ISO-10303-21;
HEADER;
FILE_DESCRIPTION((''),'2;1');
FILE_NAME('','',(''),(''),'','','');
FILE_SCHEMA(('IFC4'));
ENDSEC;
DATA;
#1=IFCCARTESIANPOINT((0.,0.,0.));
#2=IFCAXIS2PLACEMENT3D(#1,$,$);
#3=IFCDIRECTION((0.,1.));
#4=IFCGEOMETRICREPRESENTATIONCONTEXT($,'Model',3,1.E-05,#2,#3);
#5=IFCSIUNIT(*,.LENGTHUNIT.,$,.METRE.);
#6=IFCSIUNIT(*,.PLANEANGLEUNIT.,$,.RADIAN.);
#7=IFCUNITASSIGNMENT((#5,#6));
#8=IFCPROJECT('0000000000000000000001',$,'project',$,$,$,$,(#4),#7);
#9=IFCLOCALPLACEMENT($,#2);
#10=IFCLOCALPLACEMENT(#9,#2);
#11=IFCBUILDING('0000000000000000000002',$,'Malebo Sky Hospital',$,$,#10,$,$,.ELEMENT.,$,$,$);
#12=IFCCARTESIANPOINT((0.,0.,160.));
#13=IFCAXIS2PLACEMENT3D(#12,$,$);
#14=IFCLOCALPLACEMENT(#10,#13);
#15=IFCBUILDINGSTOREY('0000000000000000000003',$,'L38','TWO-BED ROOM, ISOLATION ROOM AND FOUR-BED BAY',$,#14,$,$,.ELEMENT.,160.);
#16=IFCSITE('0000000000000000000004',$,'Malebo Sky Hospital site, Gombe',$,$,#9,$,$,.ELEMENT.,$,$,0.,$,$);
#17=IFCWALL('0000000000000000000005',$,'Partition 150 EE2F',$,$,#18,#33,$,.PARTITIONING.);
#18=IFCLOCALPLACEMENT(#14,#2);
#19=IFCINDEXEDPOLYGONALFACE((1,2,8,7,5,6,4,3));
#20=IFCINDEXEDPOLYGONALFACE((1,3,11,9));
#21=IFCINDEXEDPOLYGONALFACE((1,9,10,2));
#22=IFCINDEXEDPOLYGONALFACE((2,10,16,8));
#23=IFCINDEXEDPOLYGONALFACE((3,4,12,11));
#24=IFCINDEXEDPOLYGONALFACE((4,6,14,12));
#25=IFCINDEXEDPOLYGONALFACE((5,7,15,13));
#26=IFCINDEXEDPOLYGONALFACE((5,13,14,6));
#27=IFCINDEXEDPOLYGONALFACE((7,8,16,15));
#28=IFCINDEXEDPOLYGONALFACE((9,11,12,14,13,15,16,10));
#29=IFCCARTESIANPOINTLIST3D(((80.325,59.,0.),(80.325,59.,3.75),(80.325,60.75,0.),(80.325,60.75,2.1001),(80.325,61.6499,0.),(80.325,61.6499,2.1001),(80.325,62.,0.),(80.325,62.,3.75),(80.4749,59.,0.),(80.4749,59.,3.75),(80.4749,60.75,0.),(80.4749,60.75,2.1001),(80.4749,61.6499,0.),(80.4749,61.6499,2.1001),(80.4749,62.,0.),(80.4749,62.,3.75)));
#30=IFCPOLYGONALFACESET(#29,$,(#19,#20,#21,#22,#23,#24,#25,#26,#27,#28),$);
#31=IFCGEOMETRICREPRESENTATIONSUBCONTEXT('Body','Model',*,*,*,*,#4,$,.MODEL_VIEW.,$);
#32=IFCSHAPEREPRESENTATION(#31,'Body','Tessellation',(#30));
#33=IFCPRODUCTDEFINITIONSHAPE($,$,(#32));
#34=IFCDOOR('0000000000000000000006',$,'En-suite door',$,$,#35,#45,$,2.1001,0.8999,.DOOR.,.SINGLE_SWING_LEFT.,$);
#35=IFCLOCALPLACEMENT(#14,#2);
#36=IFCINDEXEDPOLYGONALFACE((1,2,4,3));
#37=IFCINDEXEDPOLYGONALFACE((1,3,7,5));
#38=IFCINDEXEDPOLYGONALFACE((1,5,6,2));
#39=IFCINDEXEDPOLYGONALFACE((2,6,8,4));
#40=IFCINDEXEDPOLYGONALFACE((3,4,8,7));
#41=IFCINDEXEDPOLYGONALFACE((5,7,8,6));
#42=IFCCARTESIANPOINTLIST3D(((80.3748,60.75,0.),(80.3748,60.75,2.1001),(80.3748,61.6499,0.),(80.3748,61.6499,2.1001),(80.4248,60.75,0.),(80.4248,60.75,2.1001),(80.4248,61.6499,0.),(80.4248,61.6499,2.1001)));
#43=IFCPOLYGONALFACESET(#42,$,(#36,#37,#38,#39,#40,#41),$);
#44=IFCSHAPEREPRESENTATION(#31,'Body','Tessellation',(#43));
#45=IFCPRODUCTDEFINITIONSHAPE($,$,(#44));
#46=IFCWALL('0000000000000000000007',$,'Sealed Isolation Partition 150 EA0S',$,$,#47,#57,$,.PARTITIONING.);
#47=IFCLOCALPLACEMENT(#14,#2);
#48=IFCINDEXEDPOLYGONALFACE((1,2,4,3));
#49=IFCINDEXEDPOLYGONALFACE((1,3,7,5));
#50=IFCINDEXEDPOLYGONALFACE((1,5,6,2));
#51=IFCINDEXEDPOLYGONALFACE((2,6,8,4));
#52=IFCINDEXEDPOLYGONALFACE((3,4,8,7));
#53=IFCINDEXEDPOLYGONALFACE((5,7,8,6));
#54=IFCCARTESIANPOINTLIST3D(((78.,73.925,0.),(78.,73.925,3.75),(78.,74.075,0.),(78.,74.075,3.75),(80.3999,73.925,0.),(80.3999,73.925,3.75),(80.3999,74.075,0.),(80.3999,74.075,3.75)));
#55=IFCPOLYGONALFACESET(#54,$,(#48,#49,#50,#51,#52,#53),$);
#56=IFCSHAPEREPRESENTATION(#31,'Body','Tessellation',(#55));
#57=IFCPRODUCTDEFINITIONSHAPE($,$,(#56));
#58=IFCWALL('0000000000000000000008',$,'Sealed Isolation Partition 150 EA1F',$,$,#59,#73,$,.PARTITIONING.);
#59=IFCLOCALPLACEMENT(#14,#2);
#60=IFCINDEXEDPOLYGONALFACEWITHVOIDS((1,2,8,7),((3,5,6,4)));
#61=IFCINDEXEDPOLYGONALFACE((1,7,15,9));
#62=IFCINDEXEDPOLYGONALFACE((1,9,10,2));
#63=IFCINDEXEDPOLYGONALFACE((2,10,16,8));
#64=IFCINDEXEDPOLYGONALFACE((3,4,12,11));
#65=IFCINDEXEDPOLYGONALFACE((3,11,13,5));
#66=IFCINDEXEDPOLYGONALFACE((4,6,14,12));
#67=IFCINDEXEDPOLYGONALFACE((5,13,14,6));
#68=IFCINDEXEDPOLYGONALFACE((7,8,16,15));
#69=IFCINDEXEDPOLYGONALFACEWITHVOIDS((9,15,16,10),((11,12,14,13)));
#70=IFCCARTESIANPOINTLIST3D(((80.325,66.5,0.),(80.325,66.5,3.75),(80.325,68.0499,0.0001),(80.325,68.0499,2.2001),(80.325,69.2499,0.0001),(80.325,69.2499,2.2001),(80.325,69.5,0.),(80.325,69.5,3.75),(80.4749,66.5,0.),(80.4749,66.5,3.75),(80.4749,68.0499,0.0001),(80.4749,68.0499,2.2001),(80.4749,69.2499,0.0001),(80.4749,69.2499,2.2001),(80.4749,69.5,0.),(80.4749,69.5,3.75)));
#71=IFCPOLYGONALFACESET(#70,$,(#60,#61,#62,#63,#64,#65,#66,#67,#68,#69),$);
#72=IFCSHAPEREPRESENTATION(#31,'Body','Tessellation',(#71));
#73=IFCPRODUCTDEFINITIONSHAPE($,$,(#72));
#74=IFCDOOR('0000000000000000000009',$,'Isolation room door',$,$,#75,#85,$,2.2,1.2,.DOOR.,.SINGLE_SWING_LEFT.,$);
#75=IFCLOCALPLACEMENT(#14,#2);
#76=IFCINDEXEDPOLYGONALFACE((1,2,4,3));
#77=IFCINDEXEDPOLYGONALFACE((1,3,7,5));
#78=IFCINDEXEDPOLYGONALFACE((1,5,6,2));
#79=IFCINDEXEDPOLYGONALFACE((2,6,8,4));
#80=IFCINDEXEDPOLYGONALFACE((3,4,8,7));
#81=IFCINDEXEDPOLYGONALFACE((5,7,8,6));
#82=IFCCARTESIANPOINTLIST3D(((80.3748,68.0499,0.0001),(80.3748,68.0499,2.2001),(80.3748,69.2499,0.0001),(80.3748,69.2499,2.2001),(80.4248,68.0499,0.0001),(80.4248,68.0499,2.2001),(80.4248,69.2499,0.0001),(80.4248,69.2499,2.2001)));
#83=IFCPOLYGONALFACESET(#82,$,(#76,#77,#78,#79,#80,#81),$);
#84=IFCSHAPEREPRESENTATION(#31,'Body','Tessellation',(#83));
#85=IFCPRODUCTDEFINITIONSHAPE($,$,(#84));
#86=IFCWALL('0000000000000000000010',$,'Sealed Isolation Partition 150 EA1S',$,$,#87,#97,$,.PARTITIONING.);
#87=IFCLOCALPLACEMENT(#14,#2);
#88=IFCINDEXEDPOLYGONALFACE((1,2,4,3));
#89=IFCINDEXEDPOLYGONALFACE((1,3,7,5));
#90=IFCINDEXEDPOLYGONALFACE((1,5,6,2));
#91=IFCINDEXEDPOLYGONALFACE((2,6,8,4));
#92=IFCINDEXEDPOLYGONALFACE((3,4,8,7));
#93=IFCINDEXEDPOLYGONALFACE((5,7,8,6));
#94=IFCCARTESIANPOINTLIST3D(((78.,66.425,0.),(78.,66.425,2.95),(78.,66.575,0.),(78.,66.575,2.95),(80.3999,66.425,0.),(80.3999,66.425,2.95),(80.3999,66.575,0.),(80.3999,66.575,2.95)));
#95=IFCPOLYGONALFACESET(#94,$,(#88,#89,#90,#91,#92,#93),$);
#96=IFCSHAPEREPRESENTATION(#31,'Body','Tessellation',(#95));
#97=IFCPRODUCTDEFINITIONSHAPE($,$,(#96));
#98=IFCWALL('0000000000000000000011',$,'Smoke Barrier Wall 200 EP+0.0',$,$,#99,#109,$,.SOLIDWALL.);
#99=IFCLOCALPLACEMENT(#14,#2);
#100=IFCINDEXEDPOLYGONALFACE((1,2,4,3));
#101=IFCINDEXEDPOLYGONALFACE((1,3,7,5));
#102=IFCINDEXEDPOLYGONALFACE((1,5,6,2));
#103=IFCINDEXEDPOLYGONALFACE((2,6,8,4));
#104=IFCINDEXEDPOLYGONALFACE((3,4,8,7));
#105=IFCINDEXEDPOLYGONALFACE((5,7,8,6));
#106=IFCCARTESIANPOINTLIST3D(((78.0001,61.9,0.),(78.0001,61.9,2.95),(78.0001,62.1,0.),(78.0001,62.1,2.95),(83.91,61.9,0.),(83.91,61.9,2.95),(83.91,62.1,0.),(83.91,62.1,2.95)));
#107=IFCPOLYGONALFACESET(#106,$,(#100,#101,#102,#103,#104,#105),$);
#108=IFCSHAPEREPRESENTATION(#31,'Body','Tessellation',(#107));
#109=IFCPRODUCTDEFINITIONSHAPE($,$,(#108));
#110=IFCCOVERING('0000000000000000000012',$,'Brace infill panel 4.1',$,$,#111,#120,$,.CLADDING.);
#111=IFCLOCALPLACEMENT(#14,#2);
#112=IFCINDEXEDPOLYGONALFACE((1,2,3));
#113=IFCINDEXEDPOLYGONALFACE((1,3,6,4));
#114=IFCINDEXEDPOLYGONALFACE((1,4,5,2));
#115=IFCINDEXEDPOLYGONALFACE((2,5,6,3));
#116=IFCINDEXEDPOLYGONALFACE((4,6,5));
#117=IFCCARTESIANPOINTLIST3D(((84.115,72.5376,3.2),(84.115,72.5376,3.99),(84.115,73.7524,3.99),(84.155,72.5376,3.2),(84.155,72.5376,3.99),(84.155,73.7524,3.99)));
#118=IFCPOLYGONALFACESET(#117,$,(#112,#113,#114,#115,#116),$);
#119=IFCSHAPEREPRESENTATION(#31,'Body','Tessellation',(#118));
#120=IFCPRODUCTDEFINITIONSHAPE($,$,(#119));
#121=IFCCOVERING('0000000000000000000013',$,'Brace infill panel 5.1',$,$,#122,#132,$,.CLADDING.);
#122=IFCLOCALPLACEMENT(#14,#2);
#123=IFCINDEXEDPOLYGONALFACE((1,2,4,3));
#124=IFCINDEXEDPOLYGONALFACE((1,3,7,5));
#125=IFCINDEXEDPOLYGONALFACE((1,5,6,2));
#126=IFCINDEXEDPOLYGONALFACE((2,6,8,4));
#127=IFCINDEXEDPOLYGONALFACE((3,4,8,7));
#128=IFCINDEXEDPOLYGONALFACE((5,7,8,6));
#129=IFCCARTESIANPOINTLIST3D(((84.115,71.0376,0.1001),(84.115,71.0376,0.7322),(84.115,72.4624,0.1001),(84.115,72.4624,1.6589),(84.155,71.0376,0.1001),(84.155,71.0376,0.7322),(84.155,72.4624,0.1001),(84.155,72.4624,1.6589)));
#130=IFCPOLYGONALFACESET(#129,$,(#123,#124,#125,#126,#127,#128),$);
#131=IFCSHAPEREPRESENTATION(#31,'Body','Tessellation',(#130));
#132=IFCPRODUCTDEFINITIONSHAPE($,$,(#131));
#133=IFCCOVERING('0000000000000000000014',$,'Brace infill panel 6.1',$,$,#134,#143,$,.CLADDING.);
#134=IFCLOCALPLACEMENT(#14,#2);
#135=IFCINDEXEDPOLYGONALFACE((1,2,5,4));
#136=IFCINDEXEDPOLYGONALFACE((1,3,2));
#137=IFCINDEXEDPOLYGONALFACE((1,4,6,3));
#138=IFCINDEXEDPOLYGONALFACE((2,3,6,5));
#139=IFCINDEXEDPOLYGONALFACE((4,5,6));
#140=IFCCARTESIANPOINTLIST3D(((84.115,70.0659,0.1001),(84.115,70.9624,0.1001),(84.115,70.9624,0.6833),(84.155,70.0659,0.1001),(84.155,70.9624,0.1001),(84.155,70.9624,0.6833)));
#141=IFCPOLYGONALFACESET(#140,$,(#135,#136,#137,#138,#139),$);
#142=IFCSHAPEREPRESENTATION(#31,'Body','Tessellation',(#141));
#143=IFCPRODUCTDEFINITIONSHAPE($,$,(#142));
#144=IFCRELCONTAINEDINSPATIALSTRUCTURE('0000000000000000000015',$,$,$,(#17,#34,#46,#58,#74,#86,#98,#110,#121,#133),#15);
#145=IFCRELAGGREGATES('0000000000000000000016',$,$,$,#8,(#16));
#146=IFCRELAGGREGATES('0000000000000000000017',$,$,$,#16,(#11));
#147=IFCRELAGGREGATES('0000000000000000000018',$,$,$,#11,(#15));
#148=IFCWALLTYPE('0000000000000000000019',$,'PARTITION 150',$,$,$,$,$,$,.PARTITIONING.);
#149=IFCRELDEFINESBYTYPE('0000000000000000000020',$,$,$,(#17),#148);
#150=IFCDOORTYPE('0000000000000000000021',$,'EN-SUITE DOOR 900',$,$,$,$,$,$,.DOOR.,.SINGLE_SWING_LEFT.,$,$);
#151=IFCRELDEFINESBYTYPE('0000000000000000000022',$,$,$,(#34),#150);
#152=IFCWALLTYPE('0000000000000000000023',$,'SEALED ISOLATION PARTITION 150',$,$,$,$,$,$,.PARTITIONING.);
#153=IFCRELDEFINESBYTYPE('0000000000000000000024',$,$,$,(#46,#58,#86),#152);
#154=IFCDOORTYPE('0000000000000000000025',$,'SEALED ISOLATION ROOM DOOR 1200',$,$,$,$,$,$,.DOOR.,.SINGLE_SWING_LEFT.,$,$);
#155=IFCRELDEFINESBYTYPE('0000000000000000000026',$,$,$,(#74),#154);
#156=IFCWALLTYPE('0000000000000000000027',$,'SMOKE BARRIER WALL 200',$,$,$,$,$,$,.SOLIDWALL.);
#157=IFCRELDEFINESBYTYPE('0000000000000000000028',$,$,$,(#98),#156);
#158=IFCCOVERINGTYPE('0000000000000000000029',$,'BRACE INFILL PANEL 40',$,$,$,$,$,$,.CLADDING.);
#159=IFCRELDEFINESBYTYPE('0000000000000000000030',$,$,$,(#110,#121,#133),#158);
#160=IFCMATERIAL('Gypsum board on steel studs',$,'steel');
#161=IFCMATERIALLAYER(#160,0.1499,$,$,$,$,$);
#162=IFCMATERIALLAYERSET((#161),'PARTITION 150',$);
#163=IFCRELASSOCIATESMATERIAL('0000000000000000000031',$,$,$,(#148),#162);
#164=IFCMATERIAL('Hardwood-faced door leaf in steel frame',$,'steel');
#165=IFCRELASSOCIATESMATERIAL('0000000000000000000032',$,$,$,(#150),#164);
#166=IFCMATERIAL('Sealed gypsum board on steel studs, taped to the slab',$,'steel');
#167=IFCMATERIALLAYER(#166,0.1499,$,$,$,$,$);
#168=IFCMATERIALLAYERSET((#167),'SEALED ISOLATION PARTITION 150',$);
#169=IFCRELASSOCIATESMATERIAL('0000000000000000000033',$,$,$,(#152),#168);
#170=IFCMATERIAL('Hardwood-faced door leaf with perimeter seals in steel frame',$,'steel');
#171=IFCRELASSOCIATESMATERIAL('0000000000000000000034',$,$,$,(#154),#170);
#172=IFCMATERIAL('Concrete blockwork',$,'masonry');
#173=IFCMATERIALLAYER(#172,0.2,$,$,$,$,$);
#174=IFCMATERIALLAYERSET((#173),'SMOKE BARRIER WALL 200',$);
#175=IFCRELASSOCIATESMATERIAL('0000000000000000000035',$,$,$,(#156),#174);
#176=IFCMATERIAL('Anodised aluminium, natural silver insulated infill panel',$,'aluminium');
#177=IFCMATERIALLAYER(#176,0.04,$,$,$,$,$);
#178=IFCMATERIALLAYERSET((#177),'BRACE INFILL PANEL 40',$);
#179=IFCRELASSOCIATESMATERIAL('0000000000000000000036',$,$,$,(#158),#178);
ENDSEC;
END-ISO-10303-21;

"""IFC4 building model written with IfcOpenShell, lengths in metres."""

from ifc_helpers import new_model, si_unit, direction, frame, frame_2d, origin, place, context, subcontext, project, spatial, polyline, rectangle, outline, extrude, material, layer, layer_set, type_object, element, fill, save


model = new_model("IFC4")

# Units and contexts
model_context = context("Model", 3, precision=1e-05, world=origin(), true_north=direction((0.0, 1.0)))
body_context = subcontext(model_context, "Body", "Model", "MODEL_VIEW")
ifc_project = project(units=[si_unit("LENGTHUNIT", "METRE"), si_unit("PLANEANGLEUNIT", "RADIAN")], contexts=[model_context])

# Site, building, storey
site_placement = place(None, origin())
site = spatial("IfcSite", under=ifc_project, at=site_placement, Name="Malebo Sky Hospital site, Gombe", CompositionType="ELEMENT", RefElevation=0.0)
building_placement = place(site_placement, origin())
building = spatial("IfcBuilding", under=site, at=building_placement, Name="Malebo Sky Hospital", CompositionType="ELEMENT")
storey_placement = place(building_placement, frame((0.0, 0.0, 160.0)))
storey = spatial("IfcBuildingStorey", under=building, at=storey_placement, Name="L38", Description="TWO-BED ROOM, ISOLATION ROOM AND FOUR-BED BAY", CompositionType="ELEMENT", Elevation=160.0)

# Shared definitions
ifc_material_1 = material(Name="Gypsum board on steel studs", Category="steel")
ifc_layer_1 = layer(ifc_material_1, 0.1499)
ifc_layer_set_1 = layer_set([ifc_layer_1], Name="PARTITION 150")
wall_type_1 = type_object("IfcWallType", Name="PARTITION 150", PredefinedType="PARTITIONING", material=ifc_layer_set_1)

# Shared definitions
ifc_material_2 = material(Name="Hardwood-faced door leaf in steel frame", Category="steel")
door_type_1 = type_object("IfcDoorType", Name="EN-SUITE DOOR 900", OperationType="SINGLE_SWING_LEFT", PredefinedType="DOOR", material=ifc_material_2)

# Wall, opening, door
wall_1_placement = place(storey_placement, frame((80.3999, 62.0, 0.0), z_axis=(0.0, 0.0, 1.0), x_axis=(0.0, -1.0, 0.0)))
wall_1 = element("IfcWall", 1, at=wall_1_placement, inside=storey, type_object=wall_type_1, Name="Partition 150 EE2F", PredefinedType="PARTITIONING", context=body_context, shape_type="SweptSolid", body=[
    extrude(rectangle(XDim=3.0, YDim=0.1499, at=frame_2d((1.5, 0.0))), origin(), (0.0, 0.0, 1.0), 3.75),
])
opening_1_placement = place(wall_1_placement, frame((0.3501, 0.0, 0.0)))
opening_1 = element("IfcOpeningElement", 2, at=opening_1_placement, cuts=wall_1, PredefinedType="OPENING", context=body_context, shape_type="SweptSolid", body=[
    extrude(rectangle(XDim=0.8999, YDim=2.1001, at=frame_2d((0.45, 1.05))), frame((0.0, 0.085, 0.0), z_axis=(0.0, -1.0, 0.0), x_axis=(1.0, 0.0, 0.0)), (0.0, 0.0, 1.0), 0.1699),
])
door_1_placement = place(opening_1_placement, origin())
door_1 = element("IfcDoor", 3, at=door_1_placement, inside=storey, type_object=door_type_1, Name="En-suite door", OperationType="SINGLE_SWING_LEFT", OverallHeight=2.1001, OverallWidth=0.8999, PredefinedType="DOOR", context=body_context, shape_type="SweptSolid", body=[
    extrude(rectangle(XDim=0.8999, YDim=2.1001, at=frame_2d((0.45, 1.05))), frame((0.0, 0.0249, 0.0), z_axis=(0.0, -1.0, 0.0), x_axis=(1.0, 0.0, 0.0)), (0.0, 0.0, 1.0), 0.05),
])
fill(opening_1, door_1)

# Wall
ifc_material_3 = material(Name="Sealed gypsum board on steel studs, taped to the slab", Category="steel")
ifc_layer_2 = layer(ifc_material_3, 0.1499)
ifc_layer_set_2 = layer_set([ifc_layer_2], Name="SEALED ISOLATION PARTITION 150")
wall_type_2 = type_object("IfcWallType", Name="SEALED ISOLATION PARTITION 150", PredefinedType="PARTITIONING", material=ifc_layer_set_2)
wall_2_placement = place(storey_placement, frame((78.0, 74.0, 0.0), z_axis=(0.0, 0.0, 1.0), x_axis=(1.0, 0.0, 0.0)))
element("IfcWall", 4, at=wall_2_placement, inside=storey, type_object=wall_type_2, Name="Sealed Isolation Partition 150 EA0S", PredefinedType="PARTITIONING", context=body_context, shape_type="SweptSolid", body=[
    extrude(rectangle(XDim=2.3999, YDim=0.1499, at=frame_2d((1.2, 0.0))), origin(), (0.0, 0.0, 1.0), 3.75),
])

# Wall, opening, door
wall_3_placement = place(storey_placement, frame((80.3999, 69.5, 0.0), z_axis=(0.0, 0.0, 1.0), x_axis=(0.0, -1.0, 0.0)))
wall_3 = element("IfcWall", 5, at=wall_3_placement, inside=storey, type_object=wall_type_2, Name="Sealed Isolation Partition 150 EA1F", PredefinedType="PARTITIONING", context=body_context, shape_type="SweptSolid", body=[
    extrude(rectangle(XDim=3.0, YDim=0.1499, at=frame_2d((1.5, 0.0))), origin(), (0.0, 0.0, 1.0), 3.75),
])
opening_2_placement = place(wall_3_placement, frame((0.25, 0.0, 0.0)))
opening_2 = element("IfcOpeningElement", 6, at=opening_2_placement, cuts=wall_3, PredefinedType="OPENING", context=body_context, shape_type="SweptSolid", body=[
    extrude(rectangle(XDim=1.2, YDim=2.2, at=frame_2d((0.6001, 1.1001))), frame((0.0, 0.085, 0.0), z_axis=(0.0, -1.0, 0.0), x_axis=(1.0, 0.0, 0.0)), (0.0, 0.0, 1.0), 0.1699),
])
ifc_material_4 = material(Name="Hardwood-faced door leaf with perimeter seals in steel frame", Category="steel")
door_type_2 = type_object("IfcDoorType", Name="SEALED ISOLATION ROOM DOOR 1200", OperationType="SINGLE_SWING_LEFT", PredefinedType="DOOR", material=ifc_material_4)
door_2_placement = place(opening_2_placement, origin())
door_2 = element("IfcDoor", 7, at=door_2_placement, inside=storey, type_object=door_type_2, Name="Isolation room door", OperationType="SINGLE_SWING_LEFT", OverallHeight=2.2, OverallWidth=1.2, PredefinedType="DOOR", context=body_context, shape_type="SweptSolid", body=[
    extrude(rectangle(XDim=1.2, YDim=2.2, at=frame_2d((0.6001, 1.1001))), frame((0.0, 0.0249, 0.0), z_axis=(0.0, -1.0, 0.0), x_axis=(1.0, 0.0, 0.0)), (0.0, 0.0, 1.0), 0.05),
])
fill(opening_2, door_2)

# Walls
wall_4_placement = place(storey_placement, frame((78.0, 66.5, 0.0), z_axis=(0.0, 0.0, 1.0), x_axis=(1.0, 0.0, 0.0)))
element("IfcWall", 8, at=wall_4_placement, inside=storey, type_object=wall_type_2, Name="Sealed Isolation Partition 150 EA1S", PredefinedType="PARTITIONING", context=body_context, shape_type="SweptSolid", body=[
    extrude(rectangle(XDim=2.3999, YDim=0.1499, at=frame_2d((1.2, 0.0))), origin(), (0.0, 0.0, 1.0), 2.95),
])
ifc_material_5 = material(Name="Concrete blockwork", Category="masonry")
ifc_layer_3 = layer(ifc_material_5, 0.2)
ifc_layer_set_3 = layer_set([ifc_layer_3], Name="SMOKE BARRIER WALL 200")
wall_type_3 = type_object("IfcWallType", Name="SMOKE BARRIER WALL 200", PredefinedType="SOLIDWALL", material=ifc_layer_set_3)
wall_5_placement = place(storey_placement, frame((78.0, 62.0, 0.0), z_axis=(0.0, 0.0, 1.0), x_axis=(1.0, 0.0, 0.0)))
element("IfcWall", 9, at=wall_5_placement, inside=storey, type_object=wall_type_3, Name="Smoke Barrier Wall 200 EP+0.0", PredefinedType="SOLIDWALL", context=body_context, shape_type="SweptSolid", body=[
    extrude(rectangle(XDim=5.9099, YDim=0.2, at=frame_2d((2.9551, 0.0))), origin(), (0.0, 0.0, 1.0), 2.95),
])

# Coverings
ifc_material_6 = material(Name="Anodised aluminium, natural silver insulated infill panel", Category="aluminium")
ifc_layer_4 = layer(ifc_material_6, 0.04)
ifc_layer_set_4 = layer_set([ifc_layer_4], Name="BRACE INFILL PANEL 40")
covering_type = type_object("IfcCoveringType", Name="BRACE INFILL PANEL 40", PredefinedType="CLADDING", material=ifc_layer_set_4)
covering_1_placement = place(storey_placement, frame((84.135, 73.145, 3.2), z_axis=(0.0, 0.0, 1.0), x_axis=(0.0, -1.0, 0.0)))
element("IfcCovering", 10, at=covering_1_placement, inside=storey, type_object=covering_type, Name="Brace infill panel 4.1", PredefinedType="CLADDING", context=body_context, shape_type="SweptSolid", body=[
    extrude(outline(polyline([(0.6074, 0.0), (0.6074, 0.79), (-0.6074, 0.79), (0.6074, 0.0)])), frame((0.0, 0.02, 0.0), z_axis=(0.0, -1.0, 0.0), x_axis=(1.0, 0.0, 0.0)), (0.0, 0.0, 1.0), 0.04),
])
covering_2_placement = place(storey_placement, frame((84.135, 71.75, 0.1001), z_axis=(0.0, 0.0, 1.0), x_axis=(0.0, -1.0, 0.0)))
element("IfcCovering", 11, at=covering_2_placement, inside=storey, type_object=covering_type, Name="Brace infill panel 5.1", PredefinedType="CLADDING", context=body_context, shape_type="SweptSolid", body=[
    extrude(outline(polyline([(-0.7124, 0.0), (0.7124, 0.0), (0.7124, 0.6321), (-0.7124, 1.5588), (-0.7124, 0.0)])), frame((0.0, 0.02, 0.0), z_axis=(0.0, -1.0, 0.0), x_axis=(1.0, 0.0, 0.0)), (0.0, 0.0, 1.0), 0.04),
])
covering_3_placement = place(storey_placement, frame((84.135, 70.5142, 0.1001), z_axis=(0.0, 0.0, 1.0), x_axis=(0.0, -1.0, 0.0)))
element("IfcCovering", 12, at=covering_3_placement, inside=storey, type_object=covering_type, Name="Brace infill panel 6.1", PredefinedType="CLADDING", context=body_context, shape_type="SweptSolid", body=[
    extrude(outline(polyline([(-0.4482, 0.0), (0.4482, 0.0), (-0.4482, 0.5833), (-0.4482, 0.0)])), frame((0.0, 0.02, 0.0), z_axis=(0.0, -1.0, 0.0), x_axis=(1.0, 0.0, 0.0)), (0.0, 0.0, 1.0), 0.04),
])

save(model, "model.ifc")
